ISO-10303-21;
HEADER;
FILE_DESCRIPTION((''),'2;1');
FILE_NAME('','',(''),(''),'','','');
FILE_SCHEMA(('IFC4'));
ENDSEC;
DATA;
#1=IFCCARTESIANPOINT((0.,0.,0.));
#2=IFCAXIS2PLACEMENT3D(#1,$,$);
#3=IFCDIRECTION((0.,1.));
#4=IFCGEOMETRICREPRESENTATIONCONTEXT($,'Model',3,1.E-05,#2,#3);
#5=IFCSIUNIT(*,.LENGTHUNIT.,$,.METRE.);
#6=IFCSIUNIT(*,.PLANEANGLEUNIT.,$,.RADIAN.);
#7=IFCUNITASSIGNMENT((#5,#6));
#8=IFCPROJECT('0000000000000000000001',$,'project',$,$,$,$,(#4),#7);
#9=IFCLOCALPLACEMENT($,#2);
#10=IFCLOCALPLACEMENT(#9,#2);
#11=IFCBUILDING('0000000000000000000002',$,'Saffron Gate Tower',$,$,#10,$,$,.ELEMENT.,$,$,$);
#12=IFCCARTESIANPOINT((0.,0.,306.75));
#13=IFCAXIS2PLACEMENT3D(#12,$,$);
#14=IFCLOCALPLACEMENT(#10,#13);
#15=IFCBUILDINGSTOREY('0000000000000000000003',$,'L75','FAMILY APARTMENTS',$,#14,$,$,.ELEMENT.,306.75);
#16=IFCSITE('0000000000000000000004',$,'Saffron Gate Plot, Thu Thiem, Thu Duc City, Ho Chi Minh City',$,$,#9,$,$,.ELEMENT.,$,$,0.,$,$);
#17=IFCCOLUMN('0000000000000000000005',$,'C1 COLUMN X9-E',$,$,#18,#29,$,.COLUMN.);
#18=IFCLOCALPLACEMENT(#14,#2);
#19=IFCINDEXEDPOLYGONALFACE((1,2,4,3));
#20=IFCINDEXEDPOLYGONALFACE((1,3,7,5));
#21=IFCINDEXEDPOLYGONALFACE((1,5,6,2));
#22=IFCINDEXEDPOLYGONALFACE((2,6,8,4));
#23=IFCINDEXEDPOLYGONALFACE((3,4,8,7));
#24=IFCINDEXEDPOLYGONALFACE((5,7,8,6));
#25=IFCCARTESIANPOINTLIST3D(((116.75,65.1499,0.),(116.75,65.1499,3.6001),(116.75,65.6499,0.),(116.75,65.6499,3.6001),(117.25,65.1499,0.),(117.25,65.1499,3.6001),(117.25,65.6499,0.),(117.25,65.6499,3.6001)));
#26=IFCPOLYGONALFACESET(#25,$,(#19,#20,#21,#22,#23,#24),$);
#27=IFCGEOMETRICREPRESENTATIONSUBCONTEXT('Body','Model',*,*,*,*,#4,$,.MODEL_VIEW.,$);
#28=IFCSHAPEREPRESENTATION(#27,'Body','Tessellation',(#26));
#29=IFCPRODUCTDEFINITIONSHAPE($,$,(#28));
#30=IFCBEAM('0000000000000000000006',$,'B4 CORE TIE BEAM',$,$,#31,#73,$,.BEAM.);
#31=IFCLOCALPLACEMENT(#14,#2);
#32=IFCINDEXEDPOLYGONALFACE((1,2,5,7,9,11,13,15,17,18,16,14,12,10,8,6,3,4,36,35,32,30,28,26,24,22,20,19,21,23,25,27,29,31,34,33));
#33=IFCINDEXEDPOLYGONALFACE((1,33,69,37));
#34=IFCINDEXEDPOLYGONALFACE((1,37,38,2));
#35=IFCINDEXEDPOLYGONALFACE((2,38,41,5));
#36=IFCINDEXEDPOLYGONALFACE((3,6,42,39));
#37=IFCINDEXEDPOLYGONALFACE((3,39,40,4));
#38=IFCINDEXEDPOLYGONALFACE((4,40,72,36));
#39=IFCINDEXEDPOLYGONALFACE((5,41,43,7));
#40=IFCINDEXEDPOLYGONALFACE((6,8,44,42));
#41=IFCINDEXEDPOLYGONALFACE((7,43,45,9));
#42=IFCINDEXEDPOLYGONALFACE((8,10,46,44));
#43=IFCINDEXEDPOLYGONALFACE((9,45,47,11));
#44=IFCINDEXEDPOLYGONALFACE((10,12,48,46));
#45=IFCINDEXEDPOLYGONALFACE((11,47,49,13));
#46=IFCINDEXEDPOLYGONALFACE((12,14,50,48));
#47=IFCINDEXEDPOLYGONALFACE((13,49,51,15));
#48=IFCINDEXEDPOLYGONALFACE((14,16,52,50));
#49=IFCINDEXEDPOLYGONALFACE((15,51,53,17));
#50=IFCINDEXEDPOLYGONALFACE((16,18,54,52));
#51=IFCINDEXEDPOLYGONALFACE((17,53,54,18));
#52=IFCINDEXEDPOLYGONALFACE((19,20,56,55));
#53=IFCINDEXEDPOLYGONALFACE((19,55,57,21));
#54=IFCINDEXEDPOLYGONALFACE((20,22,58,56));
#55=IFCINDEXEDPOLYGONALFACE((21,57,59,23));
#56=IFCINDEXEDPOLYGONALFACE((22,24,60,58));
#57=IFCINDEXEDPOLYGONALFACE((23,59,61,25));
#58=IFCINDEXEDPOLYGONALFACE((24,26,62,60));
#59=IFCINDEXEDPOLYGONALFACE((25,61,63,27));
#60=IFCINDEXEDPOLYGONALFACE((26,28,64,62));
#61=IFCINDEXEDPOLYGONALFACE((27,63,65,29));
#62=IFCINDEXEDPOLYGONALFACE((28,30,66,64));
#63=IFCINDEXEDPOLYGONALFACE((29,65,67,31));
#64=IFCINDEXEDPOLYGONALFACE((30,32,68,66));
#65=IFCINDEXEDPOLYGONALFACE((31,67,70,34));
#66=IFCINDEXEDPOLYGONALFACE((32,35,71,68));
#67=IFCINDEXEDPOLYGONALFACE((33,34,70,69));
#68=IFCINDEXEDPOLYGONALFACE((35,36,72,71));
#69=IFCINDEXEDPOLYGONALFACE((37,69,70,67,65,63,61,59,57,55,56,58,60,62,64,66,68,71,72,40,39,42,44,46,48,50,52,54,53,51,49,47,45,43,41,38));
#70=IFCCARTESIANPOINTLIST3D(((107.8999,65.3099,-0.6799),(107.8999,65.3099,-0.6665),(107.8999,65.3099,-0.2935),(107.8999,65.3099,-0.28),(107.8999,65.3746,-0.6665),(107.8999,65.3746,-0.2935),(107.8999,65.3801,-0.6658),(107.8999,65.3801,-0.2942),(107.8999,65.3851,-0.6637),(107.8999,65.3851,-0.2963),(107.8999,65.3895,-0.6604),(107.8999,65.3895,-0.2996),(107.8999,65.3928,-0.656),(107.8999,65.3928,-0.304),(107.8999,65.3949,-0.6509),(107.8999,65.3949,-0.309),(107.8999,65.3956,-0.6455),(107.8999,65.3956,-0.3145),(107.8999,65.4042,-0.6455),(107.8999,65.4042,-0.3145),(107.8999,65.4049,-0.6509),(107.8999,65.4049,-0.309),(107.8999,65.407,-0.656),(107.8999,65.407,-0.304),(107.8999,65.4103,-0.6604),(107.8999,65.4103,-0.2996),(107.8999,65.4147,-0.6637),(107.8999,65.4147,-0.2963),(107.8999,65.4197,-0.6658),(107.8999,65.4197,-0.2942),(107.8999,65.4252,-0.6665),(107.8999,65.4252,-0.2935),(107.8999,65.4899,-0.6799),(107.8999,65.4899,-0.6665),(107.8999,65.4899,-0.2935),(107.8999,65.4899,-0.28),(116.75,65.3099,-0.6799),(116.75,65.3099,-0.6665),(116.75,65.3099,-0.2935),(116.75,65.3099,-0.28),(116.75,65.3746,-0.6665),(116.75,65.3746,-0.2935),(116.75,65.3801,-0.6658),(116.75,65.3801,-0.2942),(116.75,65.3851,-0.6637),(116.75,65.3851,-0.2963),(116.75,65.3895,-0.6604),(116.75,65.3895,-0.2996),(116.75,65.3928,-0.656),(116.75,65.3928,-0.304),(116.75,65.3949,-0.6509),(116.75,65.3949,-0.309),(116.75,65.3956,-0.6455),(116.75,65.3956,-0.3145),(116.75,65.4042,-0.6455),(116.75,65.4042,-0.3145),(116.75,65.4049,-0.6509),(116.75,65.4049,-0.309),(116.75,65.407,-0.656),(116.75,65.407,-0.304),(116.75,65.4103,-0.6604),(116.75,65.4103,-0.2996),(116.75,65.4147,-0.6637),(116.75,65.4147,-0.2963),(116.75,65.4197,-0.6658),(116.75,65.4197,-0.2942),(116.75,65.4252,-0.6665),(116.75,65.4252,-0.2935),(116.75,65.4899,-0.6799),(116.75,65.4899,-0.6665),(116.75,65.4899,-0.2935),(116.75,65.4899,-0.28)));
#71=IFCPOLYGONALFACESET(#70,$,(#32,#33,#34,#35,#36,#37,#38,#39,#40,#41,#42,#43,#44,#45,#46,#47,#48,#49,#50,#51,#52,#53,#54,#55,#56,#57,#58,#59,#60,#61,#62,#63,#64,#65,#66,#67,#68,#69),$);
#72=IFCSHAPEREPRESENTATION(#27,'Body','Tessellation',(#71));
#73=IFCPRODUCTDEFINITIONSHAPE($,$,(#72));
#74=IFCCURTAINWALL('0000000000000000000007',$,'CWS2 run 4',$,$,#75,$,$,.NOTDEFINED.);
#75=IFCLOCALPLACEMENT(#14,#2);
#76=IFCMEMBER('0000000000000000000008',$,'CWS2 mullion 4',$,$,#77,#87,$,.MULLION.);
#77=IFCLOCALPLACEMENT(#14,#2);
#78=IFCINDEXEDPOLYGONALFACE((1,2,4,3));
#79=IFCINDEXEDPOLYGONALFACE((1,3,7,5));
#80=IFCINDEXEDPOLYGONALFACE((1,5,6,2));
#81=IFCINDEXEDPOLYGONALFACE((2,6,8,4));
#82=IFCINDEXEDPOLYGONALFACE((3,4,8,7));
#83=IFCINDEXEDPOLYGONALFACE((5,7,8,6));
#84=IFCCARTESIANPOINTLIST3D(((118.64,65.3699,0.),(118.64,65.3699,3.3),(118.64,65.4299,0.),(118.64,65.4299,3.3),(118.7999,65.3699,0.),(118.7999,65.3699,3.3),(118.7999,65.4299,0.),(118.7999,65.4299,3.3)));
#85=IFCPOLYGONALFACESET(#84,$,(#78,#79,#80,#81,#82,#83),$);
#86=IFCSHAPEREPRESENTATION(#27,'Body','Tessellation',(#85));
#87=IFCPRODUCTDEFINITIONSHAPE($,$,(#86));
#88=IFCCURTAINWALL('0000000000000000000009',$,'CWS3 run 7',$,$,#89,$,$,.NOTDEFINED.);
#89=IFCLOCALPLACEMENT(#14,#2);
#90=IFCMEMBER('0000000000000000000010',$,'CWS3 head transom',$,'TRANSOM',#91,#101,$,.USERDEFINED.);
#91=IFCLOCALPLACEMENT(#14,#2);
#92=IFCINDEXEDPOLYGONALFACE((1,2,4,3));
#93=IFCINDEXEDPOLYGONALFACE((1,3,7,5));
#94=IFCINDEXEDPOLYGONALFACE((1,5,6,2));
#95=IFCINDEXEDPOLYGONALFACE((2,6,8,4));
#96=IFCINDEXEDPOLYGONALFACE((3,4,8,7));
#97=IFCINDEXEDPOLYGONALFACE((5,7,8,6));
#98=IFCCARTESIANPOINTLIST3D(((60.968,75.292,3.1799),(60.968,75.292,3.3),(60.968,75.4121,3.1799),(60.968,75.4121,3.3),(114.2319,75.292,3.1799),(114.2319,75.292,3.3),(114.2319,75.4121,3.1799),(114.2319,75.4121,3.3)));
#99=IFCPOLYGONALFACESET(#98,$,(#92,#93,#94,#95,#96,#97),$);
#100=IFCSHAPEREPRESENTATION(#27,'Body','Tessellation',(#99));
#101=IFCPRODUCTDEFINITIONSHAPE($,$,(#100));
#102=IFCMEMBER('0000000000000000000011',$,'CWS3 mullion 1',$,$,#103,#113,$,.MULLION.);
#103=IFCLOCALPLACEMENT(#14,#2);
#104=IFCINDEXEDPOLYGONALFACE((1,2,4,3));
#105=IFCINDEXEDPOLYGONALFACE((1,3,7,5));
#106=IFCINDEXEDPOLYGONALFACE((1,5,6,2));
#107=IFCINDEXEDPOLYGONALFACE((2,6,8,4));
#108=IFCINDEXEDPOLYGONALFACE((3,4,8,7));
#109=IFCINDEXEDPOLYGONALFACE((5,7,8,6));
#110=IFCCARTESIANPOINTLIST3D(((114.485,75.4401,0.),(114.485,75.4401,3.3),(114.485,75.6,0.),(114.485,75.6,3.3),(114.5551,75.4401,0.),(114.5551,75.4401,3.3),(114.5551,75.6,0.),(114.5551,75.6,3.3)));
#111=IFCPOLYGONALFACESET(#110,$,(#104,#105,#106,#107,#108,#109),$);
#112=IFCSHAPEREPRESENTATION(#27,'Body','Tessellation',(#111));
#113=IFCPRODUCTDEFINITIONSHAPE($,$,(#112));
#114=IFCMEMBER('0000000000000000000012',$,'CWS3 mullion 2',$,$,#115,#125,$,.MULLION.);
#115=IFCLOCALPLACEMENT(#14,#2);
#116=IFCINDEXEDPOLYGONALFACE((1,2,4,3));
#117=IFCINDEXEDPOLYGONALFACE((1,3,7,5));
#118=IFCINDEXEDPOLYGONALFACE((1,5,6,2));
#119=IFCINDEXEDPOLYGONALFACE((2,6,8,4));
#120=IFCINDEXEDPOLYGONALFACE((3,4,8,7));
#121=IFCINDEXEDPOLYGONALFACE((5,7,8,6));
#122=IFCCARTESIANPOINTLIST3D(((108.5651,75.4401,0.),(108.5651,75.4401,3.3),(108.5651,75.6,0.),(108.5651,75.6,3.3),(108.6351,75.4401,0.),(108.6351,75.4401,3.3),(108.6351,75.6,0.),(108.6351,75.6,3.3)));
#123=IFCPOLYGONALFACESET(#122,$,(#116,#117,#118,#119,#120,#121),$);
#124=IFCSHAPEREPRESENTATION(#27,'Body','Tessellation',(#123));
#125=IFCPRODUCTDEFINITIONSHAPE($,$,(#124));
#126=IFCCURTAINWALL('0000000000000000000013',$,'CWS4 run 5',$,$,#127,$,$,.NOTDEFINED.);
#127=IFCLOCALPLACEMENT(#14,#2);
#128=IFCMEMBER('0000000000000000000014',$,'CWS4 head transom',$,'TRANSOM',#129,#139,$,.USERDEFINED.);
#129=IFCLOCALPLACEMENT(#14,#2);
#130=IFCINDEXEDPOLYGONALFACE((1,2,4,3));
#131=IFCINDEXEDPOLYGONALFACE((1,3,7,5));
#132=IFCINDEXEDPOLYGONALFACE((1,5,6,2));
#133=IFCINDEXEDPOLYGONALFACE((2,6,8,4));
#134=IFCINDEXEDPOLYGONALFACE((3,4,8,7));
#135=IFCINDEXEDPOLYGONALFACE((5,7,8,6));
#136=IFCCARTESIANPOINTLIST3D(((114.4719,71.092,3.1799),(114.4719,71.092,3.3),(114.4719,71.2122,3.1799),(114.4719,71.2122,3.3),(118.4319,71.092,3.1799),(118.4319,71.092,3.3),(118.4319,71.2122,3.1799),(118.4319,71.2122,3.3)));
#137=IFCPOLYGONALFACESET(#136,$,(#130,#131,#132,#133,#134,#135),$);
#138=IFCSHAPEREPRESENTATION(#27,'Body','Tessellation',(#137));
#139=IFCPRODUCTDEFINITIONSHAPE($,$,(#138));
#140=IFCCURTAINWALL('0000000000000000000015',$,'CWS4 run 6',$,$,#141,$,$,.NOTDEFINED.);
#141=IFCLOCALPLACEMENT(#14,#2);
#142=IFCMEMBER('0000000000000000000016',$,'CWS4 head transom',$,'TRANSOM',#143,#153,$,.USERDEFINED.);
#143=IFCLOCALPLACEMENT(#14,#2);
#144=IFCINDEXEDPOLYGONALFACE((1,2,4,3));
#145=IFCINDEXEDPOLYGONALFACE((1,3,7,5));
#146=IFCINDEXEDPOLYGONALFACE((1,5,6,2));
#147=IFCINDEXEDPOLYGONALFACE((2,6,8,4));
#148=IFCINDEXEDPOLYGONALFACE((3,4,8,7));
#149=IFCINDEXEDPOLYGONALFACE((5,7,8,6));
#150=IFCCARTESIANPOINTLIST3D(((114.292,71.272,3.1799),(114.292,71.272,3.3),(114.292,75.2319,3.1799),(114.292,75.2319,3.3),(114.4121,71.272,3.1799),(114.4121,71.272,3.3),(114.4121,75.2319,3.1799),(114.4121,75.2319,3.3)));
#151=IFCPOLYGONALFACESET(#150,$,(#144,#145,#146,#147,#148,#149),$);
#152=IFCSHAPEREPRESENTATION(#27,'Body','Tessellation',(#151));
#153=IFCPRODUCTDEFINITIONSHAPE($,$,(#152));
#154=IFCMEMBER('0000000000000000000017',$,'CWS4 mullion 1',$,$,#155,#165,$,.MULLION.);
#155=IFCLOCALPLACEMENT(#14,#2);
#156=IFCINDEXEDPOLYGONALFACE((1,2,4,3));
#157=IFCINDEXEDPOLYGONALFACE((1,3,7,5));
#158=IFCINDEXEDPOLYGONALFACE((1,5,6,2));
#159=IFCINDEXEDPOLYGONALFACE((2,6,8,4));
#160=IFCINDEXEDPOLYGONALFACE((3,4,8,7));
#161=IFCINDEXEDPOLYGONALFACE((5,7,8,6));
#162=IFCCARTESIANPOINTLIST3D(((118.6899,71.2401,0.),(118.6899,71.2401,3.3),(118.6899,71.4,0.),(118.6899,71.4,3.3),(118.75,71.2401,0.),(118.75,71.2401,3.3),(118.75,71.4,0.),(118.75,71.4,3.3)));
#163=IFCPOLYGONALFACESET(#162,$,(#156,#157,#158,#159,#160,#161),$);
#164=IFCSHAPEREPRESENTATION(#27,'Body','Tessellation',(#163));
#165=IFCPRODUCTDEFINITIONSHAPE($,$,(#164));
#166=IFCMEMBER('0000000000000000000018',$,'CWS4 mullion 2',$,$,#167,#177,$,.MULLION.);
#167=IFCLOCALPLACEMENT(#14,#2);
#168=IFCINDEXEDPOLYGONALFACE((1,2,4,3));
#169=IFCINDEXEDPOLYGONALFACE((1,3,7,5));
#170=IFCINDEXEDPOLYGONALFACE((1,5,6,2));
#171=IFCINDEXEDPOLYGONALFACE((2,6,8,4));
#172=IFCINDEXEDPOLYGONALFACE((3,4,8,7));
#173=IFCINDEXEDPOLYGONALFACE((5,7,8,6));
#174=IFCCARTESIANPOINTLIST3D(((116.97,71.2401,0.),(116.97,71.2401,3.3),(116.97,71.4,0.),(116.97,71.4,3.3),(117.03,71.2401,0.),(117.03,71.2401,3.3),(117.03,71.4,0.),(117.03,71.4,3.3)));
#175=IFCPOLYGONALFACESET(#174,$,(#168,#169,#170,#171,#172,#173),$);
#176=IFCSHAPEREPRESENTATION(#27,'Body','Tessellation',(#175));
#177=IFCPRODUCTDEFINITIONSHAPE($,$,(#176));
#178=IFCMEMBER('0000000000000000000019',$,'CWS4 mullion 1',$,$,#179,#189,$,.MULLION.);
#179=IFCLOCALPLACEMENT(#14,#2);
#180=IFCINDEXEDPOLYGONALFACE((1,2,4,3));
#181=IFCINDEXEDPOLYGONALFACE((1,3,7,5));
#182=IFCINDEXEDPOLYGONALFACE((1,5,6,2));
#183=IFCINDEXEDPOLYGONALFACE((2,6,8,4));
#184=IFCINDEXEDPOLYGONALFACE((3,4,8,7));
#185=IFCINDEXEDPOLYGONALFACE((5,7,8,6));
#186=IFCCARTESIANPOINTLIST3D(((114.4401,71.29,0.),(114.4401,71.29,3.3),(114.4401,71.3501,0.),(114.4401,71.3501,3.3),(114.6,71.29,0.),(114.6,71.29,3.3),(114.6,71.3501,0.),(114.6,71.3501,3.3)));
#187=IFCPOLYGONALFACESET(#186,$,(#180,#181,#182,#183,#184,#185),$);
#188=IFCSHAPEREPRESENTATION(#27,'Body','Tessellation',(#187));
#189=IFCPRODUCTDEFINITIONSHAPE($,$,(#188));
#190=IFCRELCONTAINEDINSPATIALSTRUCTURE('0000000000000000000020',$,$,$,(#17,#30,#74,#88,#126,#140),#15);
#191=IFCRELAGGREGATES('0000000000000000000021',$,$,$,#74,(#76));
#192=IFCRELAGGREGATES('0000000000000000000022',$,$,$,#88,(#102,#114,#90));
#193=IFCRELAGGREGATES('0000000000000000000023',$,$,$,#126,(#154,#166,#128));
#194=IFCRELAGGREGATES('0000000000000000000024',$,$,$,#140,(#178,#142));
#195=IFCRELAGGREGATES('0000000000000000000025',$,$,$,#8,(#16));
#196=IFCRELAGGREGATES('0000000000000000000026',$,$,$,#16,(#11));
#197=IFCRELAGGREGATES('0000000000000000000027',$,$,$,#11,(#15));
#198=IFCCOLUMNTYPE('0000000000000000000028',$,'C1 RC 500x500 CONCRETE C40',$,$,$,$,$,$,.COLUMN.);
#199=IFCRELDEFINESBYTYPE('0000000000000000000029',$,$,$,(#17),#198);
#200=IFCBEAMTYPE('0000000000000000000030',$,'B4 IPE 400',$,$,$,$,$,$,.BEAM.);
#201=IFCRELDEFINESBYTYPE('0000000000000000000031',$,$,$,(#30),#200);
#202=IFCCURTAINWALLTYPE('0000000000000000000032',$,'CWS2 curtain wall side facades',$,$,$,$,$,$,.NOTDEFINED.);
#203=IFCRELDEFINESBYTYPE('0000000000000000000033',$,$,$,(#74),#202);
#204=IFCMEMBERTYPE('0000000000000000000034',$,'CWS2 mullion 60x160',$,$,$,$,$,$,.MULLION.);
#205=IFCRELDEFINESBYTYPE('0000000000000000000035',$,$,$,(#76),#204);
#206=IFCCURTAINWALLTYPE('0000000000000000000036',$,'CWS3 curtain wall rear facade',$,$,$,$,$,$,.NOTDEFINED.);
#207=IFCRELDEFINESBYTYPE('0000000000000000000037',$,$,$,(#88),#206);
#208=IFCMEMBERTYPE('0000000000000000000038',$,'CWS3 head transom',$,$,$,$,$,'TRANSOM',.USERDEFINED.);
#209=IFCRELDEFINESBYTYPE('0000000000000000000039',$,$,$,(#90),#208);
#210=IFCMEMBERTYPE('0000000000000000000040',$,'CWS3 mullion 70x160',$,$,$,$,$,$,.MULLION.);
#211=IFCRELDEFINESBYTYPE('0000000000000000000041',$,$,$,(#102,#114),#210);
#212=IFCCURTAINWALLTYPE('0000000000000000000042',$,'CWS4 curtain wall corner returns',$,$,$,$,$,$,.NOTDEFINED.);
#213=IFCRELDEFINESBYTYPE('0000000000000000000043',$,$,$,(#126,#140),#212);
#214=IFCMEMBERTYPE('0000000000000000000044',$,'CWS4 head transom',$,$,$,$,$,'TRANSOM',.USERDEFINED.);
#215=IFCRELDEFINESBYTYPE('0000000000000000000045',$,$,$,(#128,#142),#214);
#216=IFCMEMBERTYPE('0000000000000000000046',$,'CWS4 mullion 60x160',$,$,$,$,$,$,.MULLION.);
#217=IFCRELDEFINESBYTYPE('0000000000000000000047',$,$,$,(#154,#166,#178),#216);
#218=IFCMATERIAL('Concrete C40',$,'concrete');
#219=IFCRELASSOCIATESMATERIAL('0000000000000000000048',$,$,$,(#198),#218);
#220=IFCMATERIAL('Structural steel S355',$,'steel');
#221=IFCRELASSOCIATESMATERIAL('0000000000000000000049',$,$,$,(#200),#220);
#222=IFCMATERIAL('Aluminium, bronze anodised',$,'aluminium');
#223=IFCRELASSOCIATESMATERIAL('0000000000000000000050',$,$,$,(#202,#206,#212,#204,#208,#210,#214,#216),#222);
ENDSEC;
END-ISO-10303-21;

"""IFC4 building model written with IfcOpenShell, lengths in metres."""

from ifc_helpers import new_model, si_unit, direction, frame, origin, origin_2d, place, context, subcontext, project, spatial, rectangle, i_section, extrude, material, material_profile, profile_set, type_object, element, aggregate, save


model = new_model("IFC4")

# Units and contexts
model_context = context("Model", 3, precision=1e-05, world=origin(), true_north=direction((0.0, 1.0)))
body_context = subcontext(model_context, "Body", "Model", "MODEL_VIEW")
ifc_project = project(units=[si_unit("LENGTHUNIT", "METRE"), si_unit("PLANEANGLEUNIT", "RADIAN")], contexts=[model_context])

# Site, building, storey
site_placement = place(None, origin())
site = spatial("IfcSite", under=ifc_project, at=site_placement, Name="Saffron Gate Plot, Thu Thiem, Thu Duc City, Ho Chi Minh City", CompositionType="ELEMENT", RefElevation=0.0)
building_placement = place(site_placement, origin())
building = spatial("IfcBuilding", under=site, at=building_placement, Name="Saffron Gate Tower", CompositionType="ELEMENT")
storey_placement = place(building_placement, frame((0.0, 0.0, 306.75)))
storey = spatial("IfcBuildingStorey", under=building, at=storey_placement, Name="L75", Description="FAMILY APARTMENTS", CompositionType="ELEMENT", Elevation=306.75)

# Column
ifc_material_1 = material(Name="Concrete C40", Category="concrete")
ifc_material_profile_1 = material_profile(ifc_material_1, rectangle(XDim=0.5, YDim=0.5, at=origin_2d()))
ifc_profile_set_1 = profile_set([ifc_material_profile_1], Name="Concrete C40")
column_type = type_object("IfcColumnType", Name="C1 RC 500x500 CONCRETE C40", PredefinedType="COLUMN", material=ifc_profile_set_1)
column_placement = place(storey_placement, frame((117.0, 65.3999, 0.0), z_axis=(0.0, 0.0, 1.0), x_axis=(1.0, 0.0, 0.0)))
element("IfcColumn", 1, at=column_placement, inside=storey, type_object=column_type, Name="C1 COLUMN X9-E", PredefinedType="COLUMN", context=body_context, shape_type="SweptSolid", body=[
    extrude(rectangle(XDim=0.5, YDim=0.5, at=origin_2d()), origin(), (0.0, 0.0, 1.0), 3.6001),
])

# Beam
ifc_material_2 = material(Name="Structural steel S355", Category="steel")
ifc_material_profile_2 = material_profile(ifc_material_2, i_section(OverallWidth=0.1799, OverallDepth=0.3999, WebThickness=0.0085, FlangeThickness=0.0134, FilletRadius=0.021, at=origin_2d()))
ifc_profile_set_2 = profile_set([ifc_material_profile_2], Name="Structural steel S355")
beam_type = type_object("IfcBeamType", Name="B4 IPE 400", PredefinedType="BEAM", material=ifc_profile_set_2)
beam_placement = place(storey_placement, frame((116.75, 65.3999, -0.48), z_axis=(-1.0, 0.0, 0.0), x_axis=(0.0, -1.0, 0.0)))
element("IfcBeam", 2, at=beam_placement, inside=storey, type_object=beam_type, Name="B4 CORE TIE BEAM", PredefinedType="BEAM", context=body_context, shape_type="SweptSolid", body=[
    extrude(i_section(OverallWidth=0.1799, OverallDepth=0.3999, WebThickness=0.0085, FlangeThickness=0.0134, FilletRadius=0.021, at=origin_2d()), origin(), (0.0, 0.0, 1.0), 8.8501),
])

# Curtain wall, member
ifc_material_3 = material(Name="Aluminium, bronze anodised", Category="aluminium")
curtain_wall_type_1 = type_object("IfcCurtainWallType", Name="CWS2 curtain wall side facades", PredefinedType="NOTDEFINED", material=ifc_material_3)
curtain_wall_1_placement = place(storey_placement, origin())
curtain_wall_1 = element("IfcCurtainWall", 3, at=curtain_wall_1_placement, inside=storey, type_object=curtain_wall_type_1, Name="CWS2 run 4", PredefinedType="NOTDEFINED")
ifc_material_profile_3 = material_profile(ifc_material_3, rectangle(XDim=0.1599, YDim=0.0601, at=origin_2d()))
ifc_profile_set_3 = profile_set([ifc_material_profile_3], Name="Aluminium, bronze anodised")
member_type_1 = type_object("IfcMemberType", Name="CWS2 mullion 60x160", PredefinedType="MULLION", material=ifc_profile_set_3)
member_1_placement = place(storey_placement, frame((118.72, 65.3999, 0.0), z_axis=(0.0, 0.0, 1.0), x_axis=(-1.0, 0.0, 0.0)))
member_1 = element("IfcMember", 4, at=member_1_placement, type_object=member_type_1, Name="CWS2 mullion 4", PredefinedType="MULLION", context=body_context, shape_type="SweptSolid", body=[
    extrude(rectangle(XDim=0.1599, YDim=0.0601, at=origin_2d()), origin(), (0.0, 0.0, 1.0), 3.3),
])
aggregate(curtain_wall_1, [member_1])

# Curtain wall, members
curtain_wall_type_2 = type_object("IfcCurtainWallType", Name="CWS3 curtain wall rear facade", PredefinedType="NOTDEFINED", material=ifc_material_3)
curtain_wall_2_placement = place(storey_placement, origin())
curtain_wall_2 = element("IfcCurtainWall", 5, at=curtain_wall_2_placement, inside=storey, type_object=curtain_wall_type_2, Name="CWS3 run 7", PredefinedType="NOTDEFINED")
ifc_material_profile_4 = material_profile(ifc_material_3, rectangle(XDim=0.1201, YDim=0.1201, at=origin_2d()))
ifc_profile_set_4 = profile_set([ifc_material_profile_4], Name="Aluminium, bronze anodised")
member_type_2 = type_object("IfcMemberType", Name="CWS3 head transom", ElementType="TRANSOM", PredefinedType="USERDEFINED", material=ifc_profile_set_4)
member_2_placement = place(storey_placement, frame((114.2319, 75.3521, 3.24), z_axis=(-1.0, 0.0, 0.0), x_axis=(0.0, -1.0, 0.0)))
member_2 = element("IfcMember", 6, at=member_2_placement, type_object=member_type_2, Name="CWS3 head transom", ObjectType="TRANSOM", PredefinedType="USERDEFINED", context=body_context, shape_type="SweptSolid", body=[
    extrude(rectangle(XDim=0.1201, YDim=0.1201, at=origin_2d()), origin(), (0.0, 0.0, 1.0), 53.2639),
])
ifc_material_profile_5 = material_profile(ifc_material_3, rectangle(XDim=0.1599, YDim=0.0701, at=origin_2d()))
ifc_profile_set_5 = profile_set([ifc_material_profile_5], Name="Aluminium, bronze anodised")
member_type_3 = type_object("IfcMemberType", Name="CWS3 mullion 70x160", PredefinedType="MULLION", material=ifc_profile_set_5)
member_3_placement = place(storey_placement, frame((114.52, 75.52, 0.0), z_axis=(0.0, 0.0, 1.0), x_axis=(0.0, -1.0, 0.0)))
member_3 = element("IfcMember", 7, at=member_3_placement, type_object=member_type_3, Name="CWS3 mullion 1", PredefinedType="MULLION", context=body_context, shape_type="SweptSolid", body=[
    extrude(rectangle(XDim=0.1599, YDim=0.0701, at=origin_2d()), origin(), (0.0, 0.0, 1.0), 3.3),
])
member_4_placement = place(storey_placement, frame((108.6001, 75.52, 0.0), z_axis=(0.0, 0.0, 1.0), x_axis=(0.0, -1.0, 0.0)))
member_4 = element("IfcMember", 8, at=member_4_placement, type_object=member_type_3, Name="CWS3 mullion 2", PredefinedType="MULLION", context=body_context, shape_type="SweptSolid", body=[
    extrude(rectangle(XDim=0.1599, YDim=0.0701, at=origin_2d()), origin(), (0.0, 0.0, 1.0), 3.3),
])

# Curtain walls, members
curtain_wall_type_3 = type_object("IfcCurtainWallType", Name="CWS4 curtain wall corner returns", PredefinedType="NOTDEFINED", material=ifc_material_3)
curtain_wall_3_placement = place(storey_placement, origin())
curtain_wall_3 = element("IfcCurtainWall", 9, at=curtain_wall_3_placement, inside=storey, type_object=curtain_wall_type_3, Name="CWS4 run 5", PredefinedType="NOTDEFINED")
ifc_material_profile_6 = material_profile(ifc_material_3, rectangle(XDim=0.1201, YDim=0.1201, at=origin_2d()))
ifc_profile_set_6 = profile_set([ifc_material_profile_6], Name="Aluminium, bronze anodised")
member_type_4 = type_object("IfcMemberType", Name="CWS4 head transom", ElementType="TRANSOM", PredefinedType="USERDEFINED", material=ifc_profile_set_6)
member_5_placement = place(storey_placement, frame((118.4319, 71.1521, 3.24), z_axis=(-1.0, 0.0, 0.0), x_axis=(0.0, -1.0, 0.0)))
member_5 = element("IfcMember", 10, at=member_5_placement, type_object=member_type_4, Name="CWS4 head transom", ObjectType="TRANSOM", PredefinedType="USERDEFINED", context=body_context, shape_type="SweptSolid", body=[
    extrude(rectangle(XDim=0.1201, YDim=0.1201, at=origin_2d()), origin(), (0.0, 0.0, 1.0), 3.96),
])
curtain_wall_4_placement = place(storey_placement, origin())
curtain_wall_4 = element("IfcCurtainWall", 11, at=curtain_wall_4_placement, inside=storey, type_object=curtain_wall_type_3, Name="CWS4 run 6", PredefinedType="NOTDEFINED")
member_6_placement = place(storey_placement, frame((114.3521, 71.272, 3.24), z_axis=(0.0, 1.0, 0.0), x_axis=(-1.0, 0.0, 0.0)))
member_6 = element("IfcMember", 12, at=member_6_placement, type_object=member_type_4, Name="CWS4 head transom", ObjectType="TRANSOM", PredefinedType="USERDEFINED", context=body_context, shape_type="SweptSolid", body=[
    extrude(rectangle(XDim=0.1201, YDim=0.1201, at=origin_2d()), origin(), (0.0, 0.0, 1.0), 3.96),
])

# Members
ifc_material_profile_7 = material_profile(ifc_material_3, rectangle(XDim=0.1599, YDim=0.0601, at=origin_2d()))
ifc_profile_set_7 = profile_set([ifc_material_profile_7], Name="Aluminium, bronze anodised")
member_type_5 = type_object("IfcMemberType", Name="CWS4 mullion 60x160", PredefinedType="MULLION", material=ifc_profile_set_7)
member_7_placement = place(storey_placement, frame((118.72, 71.3201, 0.0), z_axis=(0.0, 0.0, 1.0), x_axis=(0.0, -1.0, 0.0)))
member_7 = element("IfcMember", 13, at=member_7_placement, type_object=member_type_5, Name="CWS4 mullion 1", PredefinedType="MULLION", context=body_context, shape_type="SweptSolid", body=[
    extrude(rectangle(XDim=0.1599, YDim=0.0601, at=origin_2d()), origin(), (0.0, 0.0, 1.0), 3.3),
])
member_8_placement = place(storey_placement, frame((117.0, 71.3201, 0.0), z_axis=(0.0, 0.0, 1.0), x_axis=(0.0, -1.0, 0.0)))
member_8 = element("IfcMember", 14, at=member_8_placement, type_object=member_type_5, Name="CWS4 mullion 2", PredefinedType="MULLION", context=body_context, shape_type="SweptSolid", body=[
    extrude(rectangle(XDim=0.1599, YDim=0.0601, at=origin_2d()), origin(), (0.0, 0.0, 1.0), 3.3),
])
member_9_placement = place(storey_placement, frame((114.52, 71.3201, 0.0), z_axis=(0.0, 0.0, 1.0), x_axis=(-1.0, 0.0, 0.0)))
member_9 = element("IfcMember", 15, at=member_9_placement, type_object=member_type_5, Name="CWS4 mullion 1", PredefinedType="MULLION", context=body_context, shape_type="SweptSolid", body=[
    extrude(rectangle(XDim=0.1599, YDim=0.0601, at=origin_2d()), origin(), (0.0, 0.0, 1.0), 3.3),
])

aggregate(curtain_wall_2, [member_3, member_4, member_2])

aggregate(curtain_wall_3, [member_7, member_8, member_5])
aggregate(curtain_wall_4, [member_9, member_6])

save(model, "model.ifc")
